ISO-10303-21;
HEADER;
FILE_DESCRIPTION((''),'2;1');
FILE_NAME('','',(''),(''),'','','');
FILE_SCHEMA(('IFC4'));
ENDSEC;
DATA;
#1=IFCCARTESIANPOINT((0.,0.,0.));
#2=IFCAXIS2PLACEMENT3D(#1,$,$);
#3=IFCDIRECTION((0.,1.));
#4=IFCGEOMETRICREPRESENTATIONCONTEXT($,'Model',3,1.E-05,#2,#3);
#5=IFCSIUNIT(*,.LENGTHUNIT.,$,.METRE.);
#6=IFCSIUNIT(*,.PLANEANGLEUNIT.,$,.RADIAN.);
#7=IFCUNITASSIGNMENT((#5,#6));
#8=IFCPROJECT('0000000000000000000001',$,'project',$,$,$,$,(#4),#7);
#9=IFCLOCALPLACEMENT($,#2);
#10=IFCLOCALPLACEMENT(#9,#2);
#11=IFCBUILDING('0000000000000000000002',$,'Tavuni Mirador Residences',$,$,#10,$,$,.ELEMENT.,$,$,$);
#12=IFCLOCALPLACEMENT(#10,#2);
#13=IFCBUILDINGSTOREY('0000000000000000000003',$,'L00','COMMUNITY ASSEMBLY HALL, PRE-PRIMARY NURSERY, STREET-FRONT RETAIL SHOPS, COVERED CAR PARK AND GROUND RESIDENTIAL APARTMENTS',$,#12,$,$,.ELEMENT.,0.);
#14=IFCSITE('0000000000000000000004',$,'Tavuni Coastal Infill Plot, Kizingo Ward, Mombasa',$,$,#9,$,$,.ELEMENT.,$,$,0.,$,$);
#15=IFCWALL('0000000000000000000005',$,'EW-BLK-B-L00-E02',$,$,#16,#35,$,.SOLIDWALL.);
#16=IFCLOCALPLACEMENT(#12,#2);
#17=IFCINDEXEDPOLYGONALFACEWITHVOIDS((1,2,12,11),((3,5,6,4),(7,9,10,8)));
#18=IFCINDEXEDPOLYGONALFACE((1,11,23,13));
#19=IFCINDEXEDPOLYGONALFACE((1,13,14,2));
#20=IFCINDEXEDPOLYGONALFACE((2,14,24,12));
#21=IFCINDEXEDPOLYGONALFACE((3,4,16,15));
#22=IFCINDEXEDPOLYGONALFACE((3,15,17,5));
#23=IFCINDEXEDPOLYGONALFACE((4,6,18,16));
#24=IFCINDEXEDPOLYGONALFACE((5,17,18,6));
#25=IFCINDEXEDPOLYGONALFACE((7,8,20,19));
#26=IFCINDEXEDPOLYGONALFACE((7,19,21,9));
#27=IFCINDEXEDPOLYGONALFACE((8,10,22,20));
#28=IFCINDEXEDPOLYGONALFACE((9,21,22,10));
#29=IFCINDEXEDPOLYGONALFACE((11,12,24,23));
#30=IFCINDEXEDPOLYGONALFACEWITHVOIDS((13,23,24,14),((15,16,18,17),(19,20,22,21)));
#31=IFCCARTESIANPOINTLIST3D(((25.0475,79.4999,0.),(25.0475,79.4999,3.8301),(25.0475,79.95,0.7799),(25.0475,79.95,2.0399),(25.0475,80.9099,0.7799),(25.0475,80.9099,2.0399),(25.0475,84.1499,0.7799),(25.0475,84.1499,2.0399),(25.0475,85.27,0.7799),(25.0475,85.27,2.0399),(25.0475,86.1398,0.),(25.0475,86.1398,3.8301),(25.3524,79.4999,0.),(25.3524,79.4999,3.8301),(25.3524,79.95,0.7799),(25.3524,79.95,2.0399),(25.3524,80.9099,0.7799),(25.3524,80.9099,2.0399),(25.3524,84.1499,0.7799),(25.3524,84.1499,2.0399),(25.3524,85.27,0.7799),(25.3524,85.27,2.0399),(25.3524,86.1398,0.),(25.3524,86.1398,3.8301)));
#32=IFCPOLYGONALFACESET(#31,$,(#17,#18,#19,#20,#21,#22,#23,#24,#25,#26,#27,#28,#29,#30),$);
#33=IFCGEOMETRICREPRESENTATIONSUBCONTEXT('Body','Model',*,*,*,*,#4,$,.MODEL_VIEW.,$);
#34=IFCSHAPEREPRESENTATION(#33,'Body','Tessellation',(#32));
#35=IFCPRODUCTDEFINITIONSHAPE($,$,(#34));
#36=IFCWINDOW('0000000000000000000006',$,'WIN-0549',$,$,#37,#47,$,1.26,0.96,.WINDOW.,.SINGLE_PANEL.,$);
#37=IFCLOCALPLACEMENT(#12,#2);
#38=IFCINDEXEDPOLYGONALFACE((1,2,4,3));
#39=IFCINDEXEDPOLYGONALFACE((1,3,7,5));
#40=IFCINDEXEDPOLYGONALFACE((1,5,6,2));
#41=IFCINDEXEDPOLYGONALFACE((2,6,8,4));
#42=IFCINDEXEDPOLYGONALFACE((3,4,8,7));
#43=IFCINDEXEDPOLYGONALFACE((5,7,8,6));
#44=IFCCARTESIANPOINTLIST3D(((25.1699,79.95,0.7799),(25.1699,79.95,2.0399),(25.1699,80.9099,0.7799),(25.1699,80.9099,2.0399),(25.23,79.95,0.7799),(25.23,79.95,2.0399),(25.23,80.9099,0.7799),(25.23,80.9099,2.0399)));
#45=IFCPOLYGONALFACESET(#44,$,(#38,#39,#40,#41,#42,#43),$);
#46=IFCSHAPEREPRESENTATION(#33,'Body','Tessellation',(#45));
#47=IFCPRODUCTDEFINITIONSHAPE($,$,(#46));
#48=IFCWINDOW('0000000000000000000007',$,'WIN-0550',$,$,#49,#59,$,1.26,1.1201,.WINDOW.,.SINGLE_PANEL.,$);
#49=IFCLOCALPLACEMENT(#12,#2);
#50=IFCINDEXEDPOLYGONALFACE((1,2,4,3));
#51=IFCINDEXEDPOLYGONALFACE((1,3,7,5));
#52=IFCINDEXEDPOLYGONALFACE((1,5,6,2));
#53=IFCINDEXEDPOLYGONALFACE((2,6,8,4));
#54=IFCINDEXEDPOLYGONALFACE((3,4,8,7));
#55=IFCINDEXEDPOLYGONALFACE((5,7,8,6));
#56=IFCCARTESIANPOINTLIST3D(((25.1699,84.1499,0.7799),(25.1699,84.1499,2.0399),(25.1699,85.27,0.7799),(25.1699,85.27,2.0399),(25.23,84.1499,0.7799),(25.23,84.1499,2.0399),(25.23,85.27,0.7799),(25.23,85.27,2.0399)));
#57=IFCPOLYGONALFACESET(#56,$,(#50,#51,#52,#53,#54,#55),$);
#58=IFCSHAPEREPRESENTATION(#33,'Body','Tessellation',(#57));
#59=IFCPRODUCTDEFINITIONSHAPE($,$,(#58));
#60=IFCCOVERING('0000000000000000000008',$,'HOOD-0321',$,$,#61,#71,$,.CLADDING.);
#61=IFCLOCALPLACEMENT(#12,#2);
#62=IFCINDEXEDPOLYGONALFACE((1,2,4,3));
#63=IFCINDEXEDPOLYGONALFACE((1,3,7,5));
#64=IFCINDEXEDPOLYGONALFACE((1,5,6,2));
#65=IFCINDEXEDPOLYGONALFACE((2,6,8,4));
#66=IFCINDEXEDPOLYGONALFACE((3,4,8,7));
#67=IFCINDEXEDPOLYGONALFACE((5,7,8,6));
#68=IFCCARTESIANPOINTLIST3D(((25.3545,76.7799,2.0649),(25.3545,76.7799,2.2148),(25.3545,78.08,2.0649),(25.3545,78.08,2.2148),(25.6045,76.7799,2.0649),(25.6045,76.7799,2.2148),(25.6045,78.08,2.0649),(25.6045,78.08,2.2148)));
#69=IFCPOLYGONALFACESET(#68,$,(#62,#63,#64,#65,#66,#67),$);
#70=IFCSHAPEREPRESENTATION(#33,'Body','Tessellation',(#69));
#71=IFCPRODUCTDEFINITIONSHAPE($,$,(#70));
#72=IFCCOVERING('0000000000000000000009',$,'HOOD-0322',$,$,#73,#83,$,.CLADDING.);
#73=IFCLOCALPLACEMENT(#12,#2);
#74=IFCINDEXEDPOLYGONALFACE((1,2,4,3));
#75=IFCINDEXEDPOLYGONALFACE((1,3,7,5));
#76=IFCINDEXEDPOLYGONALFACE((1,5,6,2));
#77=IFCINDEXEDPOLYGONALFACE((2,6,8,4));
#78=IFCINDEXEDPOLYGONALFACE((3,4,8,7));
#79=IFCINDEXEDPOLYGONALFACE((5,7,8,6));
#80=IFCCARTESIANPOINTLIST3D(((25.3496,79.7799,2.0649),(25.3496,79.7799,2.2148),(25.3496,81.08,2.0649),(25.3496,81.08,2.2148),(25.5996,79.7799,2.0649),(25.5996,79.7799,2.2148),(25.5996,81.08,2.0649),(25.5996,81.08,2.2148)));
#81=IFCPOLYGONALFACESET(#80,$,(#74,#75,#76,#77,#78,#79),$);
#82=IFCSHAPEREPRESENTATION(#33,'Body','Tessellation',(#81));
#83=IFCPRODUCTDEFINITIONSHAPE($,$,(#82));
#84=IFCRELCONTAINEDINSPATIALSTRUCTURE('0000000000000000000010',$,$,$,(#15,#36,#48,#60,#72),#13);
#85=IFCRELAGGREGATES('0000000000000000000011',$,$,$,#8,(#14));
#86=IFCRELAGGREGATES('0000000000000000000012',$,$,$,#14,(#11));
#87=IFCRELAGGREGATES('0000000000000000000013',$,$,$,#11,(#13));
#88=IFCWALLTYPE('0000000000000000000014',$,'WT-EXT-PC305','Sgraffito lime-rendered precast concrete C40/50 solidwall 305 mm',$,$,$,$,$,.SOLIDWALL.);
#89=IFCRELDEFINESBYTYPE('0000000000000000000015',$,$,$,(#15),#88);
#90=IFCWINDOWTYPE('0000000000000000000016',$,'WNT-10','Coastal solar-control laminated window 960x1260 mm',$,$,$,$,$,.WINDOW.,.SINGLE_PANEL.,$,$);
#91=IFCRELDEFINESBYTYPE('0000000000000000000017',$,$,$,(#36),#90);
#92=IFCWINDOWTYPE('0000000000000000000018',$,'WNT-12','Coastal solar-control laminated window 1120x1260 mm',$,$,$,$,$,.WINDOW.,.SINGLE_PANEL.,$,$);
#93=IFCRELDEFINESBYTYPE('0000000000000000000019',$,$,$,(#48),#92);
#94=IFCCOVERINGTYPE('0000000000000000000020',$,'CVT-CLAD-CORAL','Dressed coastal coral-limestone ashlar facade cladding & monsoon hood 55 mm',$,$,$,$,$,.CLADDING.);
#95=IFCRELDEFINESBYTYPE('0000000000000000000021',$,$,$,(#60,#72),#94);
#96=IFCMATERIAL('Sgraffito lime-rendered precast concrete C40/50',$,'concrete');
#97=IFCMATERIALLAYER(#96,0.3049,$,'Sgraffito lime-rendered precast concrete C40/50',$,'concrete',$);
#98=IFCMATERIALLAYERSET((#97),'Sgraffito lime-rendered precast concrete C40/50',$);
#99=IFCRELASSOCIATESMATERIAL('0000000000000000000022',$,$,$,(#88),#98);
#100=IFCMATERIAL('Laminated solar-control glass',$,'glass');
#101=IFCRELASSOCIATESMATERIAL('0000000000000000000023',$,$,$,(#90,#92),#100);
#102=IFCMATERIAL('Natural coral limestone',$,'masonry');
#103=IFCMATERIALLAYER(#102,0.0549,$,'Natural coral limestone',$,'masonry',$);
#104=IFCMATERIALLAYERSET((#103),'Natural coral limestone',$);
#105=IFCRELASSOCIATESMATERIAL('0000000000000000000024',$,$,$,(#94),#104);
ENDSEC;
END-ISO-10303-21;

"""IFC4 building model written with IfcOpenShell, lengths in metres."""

from ifc_helpers import new_model, si_unit, direction, frame, frame_2d, origin, origin_2d, place, context, subcontext, project, spatial, rectangle, extrude, material, layer, layer_set, type_object, element, fill, save


model = new_model("IFC4")

# Units and contexts
model_context = context("Model", 3, precision=1e-05, world=origin(), true_north=direction((0.0, 1.0)))
body_context = subcontext(model_context, "Body", "Model", "MODEL_VIEW")
ifc_project = project(units=[si_unit("LENGTHUNIT", "METRE"), si_unit("PLANEANGLEUNIT", "RADIAN")], contexts=[model_context])

# Site, building, storey
site_placement = place(None, origin())
site = spatial("IfcSite", under=ifc_project, at=site_placement, Name="Tavuni Coastal Infill Plot, Kizingo Ward, Mombasa", CompositionType="ELEMENT", RefElevation=0.0)
building_placement = place(site_placement, origin())
building = spatial("IfcBuilding", under=site, at=building_placement, Name="Tavuni Mirador Residences", CompositionType="ELEMENT")
storey_placement = place(building_placement, origin())
storey = spatial("IfcBuildingStorey", under=building, at=storey_placement, Name="L00", Description="COMMUNITY ASSEMBLY HALL, PRE-PRIMARY NURSERY, STREET-FRONT RETAIL SHOPS, COVERED CAR PARK AND GROUND RESIDENTIAL APARTMENTS", CompositionType="ELEMENT", Elevation=0.0)

# Wall, openings, windows
ifc_material_1 = material(Name="Sgraffito lime-rendered precast concrete C40/50", Category="concrete")
ifc_layer_1 = layer(ifc_material_1, 0.3049, Name="Sgraffito lime-rendered precast concrete C40/50", Category="concrete")
ifc_layer_set_1 = layer_set([ifc_layer_1], Name="Sgraffito lime-rendered precast concrete C40/50")
wall_type = type_object("IfcWallType", Name="WT-EXT-PC305", Description="Sgraffito lime-rendered precast concrete C40/50 solidwall 305 mm", PredefinedType="SOLIDWALL", material=ifc_layer_set_1)
wall_placement = place(storey_placement, frame((25.2, 79.5, 0.0), z_axis=(0.0, 0.0, 1.0), x_axis=(0.0, 1.0, 0.0)))
wall = element("IfcWall", 1, at=wall_placement, inside=storey, type_object=wall_type, Name="EW-BLK-B-L00-E02", PredefinedType="SOLIDWALL", context=body_context, shape_type="SweptSolid", body=[
    extrude(rectangle(XDim=6.6399, YDim=0.3049, at=frame_2d((3.3198, 0.0))), origin(), (0.0, 0.0, 1.0), 3.8301),
])
opening_1_placement = place(wall_placement, frame((0.45, 0.0, 0.78)))
opening_1 = element("IfcOpeningElement", 2, at=opening_1_placement, cuts=wall, PredefinedType="OPENING", context=body_context, shape_type="SweptSolid", body=[
    extrude(rectangle(XDim=0.96, YDim=1.26, at=frame_2d((0.48, 0.6299))), frame((0.0, 0.1626, 0.0), z_axis=(0.0, -1.0, 0.0), x_axis=(1.0, 0.0, 0.0)), (0.0, 0.0, 1.0), 0.325),
])
opening_2_placement = place(wall_placement, frame((4.6499, 0.0, 0.78)))
opening_2 = element("IfcOpeningElement", 3, at=opening_2_placement, cuts=wall, PredefinedType="OPENING", context=body_context, shape_type="SweptSolid", body=[
    extrude(rectangle(XDim=1.1201, YDim=1.26, at=frame_2d((0.5601, 0.6299))), frame((0.0, 0.1626, 0.0), z_axis=(0.0, -1.0, 0.0), x_axis=(1.0, 0.0, 0.0)), (0.0, 0.0, 1.0), 0.325),
])
ifc_material_2 = material(Name="Laminated solar-control glass", Category="glass")
window_type_1 = type_object("IfcWindowType", Name="WNT-10", Description="Coastal solar-control laminated window 960x1260 mm", PartitioningType="SINGLE_PANEL", PredefinedType="WINDOW", material=ifc_material_2)
window_1_placement = place(opening_1_placement, origin())
window_1 = element("IfcWindow", 4, at=window_1_placement, inside=storey, type_object=window_type_1, Name="WIN-0549", OverallHeight=1.26, OverallWidth=0.96, PartitioningType="SINGLE_PANEL", PredefinedType="WINDOW", context=body_context, shape_type="SweptSolid", body=[
    extrude(rectangle(XDim=0.96, YDim=1.26, at=frame_2d((0.48, 0.6299))), frame((0.0, 0.03, 0.0), z_axis=(0.0, -1.0, 0.0), x_axis=(1.0, 0.0, 0.0)), (0.0, 0.0, 1.0), 0.0601),
])
fill(opening_1, window_1)
window_type_2 = type_object("IfcWindowType", Name="WNT-12", Description="Coastal solar-control laminated window 1120x1260 mm", PartitioningType="SINGLE_PANEL", PredefinedType="WINDOW", material=ifc_material_2)
window_2_placement = place(opening_2_placement, origin())
window_2 = element("IfcWindow", 5, at=window_2_placement, inside=storey, type_object=window_type_2, Name="WIN-0550", OverallHeight=1.26, OverallWidth=1.1201, PartitioningType="SINGLE_PANEL", PredefinedType="WINDOW", context=body_context, shape_type="SweptSolid", body=[
    extrude(rectangle(XDim=1.1201, YDim=1.26, at=frame_2d((0.5601, 0.6299))), frame((0.0, 0.03, 0.0), z_axis=(0.0, -1.0, 0.0), x_axis=(1.0, 0.0, 0.0)), (0.0, 0.0, 1.0), 0.0601),
])
fill(opening_2, window_2)

# Coverings
ifc_material_3 = material(Name="Natural coral limestone", Category="masonry")
ifc_layer_2 = layer(ifc_material_3, 0.0549, Name="Natural coral limestone", Category="masonry")
ifc_layer_set_2 = layer_set([ifc_layer_2], Name="Natural coral limestone")
covering_type = type_object("IfcCoveringType", Name="CVT-CLAD-CORAL", Description="Dressed coastal coral-limestone ashlar facade cladding & monsoon hood 55 mm", PredefinedType="CLADDING", material=ifc_layer_set_2)
for number, where, z_axis, x_axis, name in (
    (6, (25.4795, 77.4299, 2.0649), (0.0, 0.0, 1.0), (0.0, 1.0, 0.0), "HOOD-0321"),
    (7, (25.4746, 80.4299, 2.0649), (0.0, 0.0, 1.0), (0.0, 1.0, 0.0), "HOOD-0322"),
):
    element("IfcCovering", number, at=place(storey_placement, frame(where, z_axis=z_axis, x_axis=x_axis)), inside=storey, type_object=covering_type, Name=name, PredefinedType="CLADDING", context=body_context, shape_type="SweptSolid", body=[
        extrude(rectangle(XDim=1.3, YDim=0.25, at=origin_2d()), origin(), (0.0, 0.0, 1.0), 0.1499),
    ])

save(model, "model.ifc")
